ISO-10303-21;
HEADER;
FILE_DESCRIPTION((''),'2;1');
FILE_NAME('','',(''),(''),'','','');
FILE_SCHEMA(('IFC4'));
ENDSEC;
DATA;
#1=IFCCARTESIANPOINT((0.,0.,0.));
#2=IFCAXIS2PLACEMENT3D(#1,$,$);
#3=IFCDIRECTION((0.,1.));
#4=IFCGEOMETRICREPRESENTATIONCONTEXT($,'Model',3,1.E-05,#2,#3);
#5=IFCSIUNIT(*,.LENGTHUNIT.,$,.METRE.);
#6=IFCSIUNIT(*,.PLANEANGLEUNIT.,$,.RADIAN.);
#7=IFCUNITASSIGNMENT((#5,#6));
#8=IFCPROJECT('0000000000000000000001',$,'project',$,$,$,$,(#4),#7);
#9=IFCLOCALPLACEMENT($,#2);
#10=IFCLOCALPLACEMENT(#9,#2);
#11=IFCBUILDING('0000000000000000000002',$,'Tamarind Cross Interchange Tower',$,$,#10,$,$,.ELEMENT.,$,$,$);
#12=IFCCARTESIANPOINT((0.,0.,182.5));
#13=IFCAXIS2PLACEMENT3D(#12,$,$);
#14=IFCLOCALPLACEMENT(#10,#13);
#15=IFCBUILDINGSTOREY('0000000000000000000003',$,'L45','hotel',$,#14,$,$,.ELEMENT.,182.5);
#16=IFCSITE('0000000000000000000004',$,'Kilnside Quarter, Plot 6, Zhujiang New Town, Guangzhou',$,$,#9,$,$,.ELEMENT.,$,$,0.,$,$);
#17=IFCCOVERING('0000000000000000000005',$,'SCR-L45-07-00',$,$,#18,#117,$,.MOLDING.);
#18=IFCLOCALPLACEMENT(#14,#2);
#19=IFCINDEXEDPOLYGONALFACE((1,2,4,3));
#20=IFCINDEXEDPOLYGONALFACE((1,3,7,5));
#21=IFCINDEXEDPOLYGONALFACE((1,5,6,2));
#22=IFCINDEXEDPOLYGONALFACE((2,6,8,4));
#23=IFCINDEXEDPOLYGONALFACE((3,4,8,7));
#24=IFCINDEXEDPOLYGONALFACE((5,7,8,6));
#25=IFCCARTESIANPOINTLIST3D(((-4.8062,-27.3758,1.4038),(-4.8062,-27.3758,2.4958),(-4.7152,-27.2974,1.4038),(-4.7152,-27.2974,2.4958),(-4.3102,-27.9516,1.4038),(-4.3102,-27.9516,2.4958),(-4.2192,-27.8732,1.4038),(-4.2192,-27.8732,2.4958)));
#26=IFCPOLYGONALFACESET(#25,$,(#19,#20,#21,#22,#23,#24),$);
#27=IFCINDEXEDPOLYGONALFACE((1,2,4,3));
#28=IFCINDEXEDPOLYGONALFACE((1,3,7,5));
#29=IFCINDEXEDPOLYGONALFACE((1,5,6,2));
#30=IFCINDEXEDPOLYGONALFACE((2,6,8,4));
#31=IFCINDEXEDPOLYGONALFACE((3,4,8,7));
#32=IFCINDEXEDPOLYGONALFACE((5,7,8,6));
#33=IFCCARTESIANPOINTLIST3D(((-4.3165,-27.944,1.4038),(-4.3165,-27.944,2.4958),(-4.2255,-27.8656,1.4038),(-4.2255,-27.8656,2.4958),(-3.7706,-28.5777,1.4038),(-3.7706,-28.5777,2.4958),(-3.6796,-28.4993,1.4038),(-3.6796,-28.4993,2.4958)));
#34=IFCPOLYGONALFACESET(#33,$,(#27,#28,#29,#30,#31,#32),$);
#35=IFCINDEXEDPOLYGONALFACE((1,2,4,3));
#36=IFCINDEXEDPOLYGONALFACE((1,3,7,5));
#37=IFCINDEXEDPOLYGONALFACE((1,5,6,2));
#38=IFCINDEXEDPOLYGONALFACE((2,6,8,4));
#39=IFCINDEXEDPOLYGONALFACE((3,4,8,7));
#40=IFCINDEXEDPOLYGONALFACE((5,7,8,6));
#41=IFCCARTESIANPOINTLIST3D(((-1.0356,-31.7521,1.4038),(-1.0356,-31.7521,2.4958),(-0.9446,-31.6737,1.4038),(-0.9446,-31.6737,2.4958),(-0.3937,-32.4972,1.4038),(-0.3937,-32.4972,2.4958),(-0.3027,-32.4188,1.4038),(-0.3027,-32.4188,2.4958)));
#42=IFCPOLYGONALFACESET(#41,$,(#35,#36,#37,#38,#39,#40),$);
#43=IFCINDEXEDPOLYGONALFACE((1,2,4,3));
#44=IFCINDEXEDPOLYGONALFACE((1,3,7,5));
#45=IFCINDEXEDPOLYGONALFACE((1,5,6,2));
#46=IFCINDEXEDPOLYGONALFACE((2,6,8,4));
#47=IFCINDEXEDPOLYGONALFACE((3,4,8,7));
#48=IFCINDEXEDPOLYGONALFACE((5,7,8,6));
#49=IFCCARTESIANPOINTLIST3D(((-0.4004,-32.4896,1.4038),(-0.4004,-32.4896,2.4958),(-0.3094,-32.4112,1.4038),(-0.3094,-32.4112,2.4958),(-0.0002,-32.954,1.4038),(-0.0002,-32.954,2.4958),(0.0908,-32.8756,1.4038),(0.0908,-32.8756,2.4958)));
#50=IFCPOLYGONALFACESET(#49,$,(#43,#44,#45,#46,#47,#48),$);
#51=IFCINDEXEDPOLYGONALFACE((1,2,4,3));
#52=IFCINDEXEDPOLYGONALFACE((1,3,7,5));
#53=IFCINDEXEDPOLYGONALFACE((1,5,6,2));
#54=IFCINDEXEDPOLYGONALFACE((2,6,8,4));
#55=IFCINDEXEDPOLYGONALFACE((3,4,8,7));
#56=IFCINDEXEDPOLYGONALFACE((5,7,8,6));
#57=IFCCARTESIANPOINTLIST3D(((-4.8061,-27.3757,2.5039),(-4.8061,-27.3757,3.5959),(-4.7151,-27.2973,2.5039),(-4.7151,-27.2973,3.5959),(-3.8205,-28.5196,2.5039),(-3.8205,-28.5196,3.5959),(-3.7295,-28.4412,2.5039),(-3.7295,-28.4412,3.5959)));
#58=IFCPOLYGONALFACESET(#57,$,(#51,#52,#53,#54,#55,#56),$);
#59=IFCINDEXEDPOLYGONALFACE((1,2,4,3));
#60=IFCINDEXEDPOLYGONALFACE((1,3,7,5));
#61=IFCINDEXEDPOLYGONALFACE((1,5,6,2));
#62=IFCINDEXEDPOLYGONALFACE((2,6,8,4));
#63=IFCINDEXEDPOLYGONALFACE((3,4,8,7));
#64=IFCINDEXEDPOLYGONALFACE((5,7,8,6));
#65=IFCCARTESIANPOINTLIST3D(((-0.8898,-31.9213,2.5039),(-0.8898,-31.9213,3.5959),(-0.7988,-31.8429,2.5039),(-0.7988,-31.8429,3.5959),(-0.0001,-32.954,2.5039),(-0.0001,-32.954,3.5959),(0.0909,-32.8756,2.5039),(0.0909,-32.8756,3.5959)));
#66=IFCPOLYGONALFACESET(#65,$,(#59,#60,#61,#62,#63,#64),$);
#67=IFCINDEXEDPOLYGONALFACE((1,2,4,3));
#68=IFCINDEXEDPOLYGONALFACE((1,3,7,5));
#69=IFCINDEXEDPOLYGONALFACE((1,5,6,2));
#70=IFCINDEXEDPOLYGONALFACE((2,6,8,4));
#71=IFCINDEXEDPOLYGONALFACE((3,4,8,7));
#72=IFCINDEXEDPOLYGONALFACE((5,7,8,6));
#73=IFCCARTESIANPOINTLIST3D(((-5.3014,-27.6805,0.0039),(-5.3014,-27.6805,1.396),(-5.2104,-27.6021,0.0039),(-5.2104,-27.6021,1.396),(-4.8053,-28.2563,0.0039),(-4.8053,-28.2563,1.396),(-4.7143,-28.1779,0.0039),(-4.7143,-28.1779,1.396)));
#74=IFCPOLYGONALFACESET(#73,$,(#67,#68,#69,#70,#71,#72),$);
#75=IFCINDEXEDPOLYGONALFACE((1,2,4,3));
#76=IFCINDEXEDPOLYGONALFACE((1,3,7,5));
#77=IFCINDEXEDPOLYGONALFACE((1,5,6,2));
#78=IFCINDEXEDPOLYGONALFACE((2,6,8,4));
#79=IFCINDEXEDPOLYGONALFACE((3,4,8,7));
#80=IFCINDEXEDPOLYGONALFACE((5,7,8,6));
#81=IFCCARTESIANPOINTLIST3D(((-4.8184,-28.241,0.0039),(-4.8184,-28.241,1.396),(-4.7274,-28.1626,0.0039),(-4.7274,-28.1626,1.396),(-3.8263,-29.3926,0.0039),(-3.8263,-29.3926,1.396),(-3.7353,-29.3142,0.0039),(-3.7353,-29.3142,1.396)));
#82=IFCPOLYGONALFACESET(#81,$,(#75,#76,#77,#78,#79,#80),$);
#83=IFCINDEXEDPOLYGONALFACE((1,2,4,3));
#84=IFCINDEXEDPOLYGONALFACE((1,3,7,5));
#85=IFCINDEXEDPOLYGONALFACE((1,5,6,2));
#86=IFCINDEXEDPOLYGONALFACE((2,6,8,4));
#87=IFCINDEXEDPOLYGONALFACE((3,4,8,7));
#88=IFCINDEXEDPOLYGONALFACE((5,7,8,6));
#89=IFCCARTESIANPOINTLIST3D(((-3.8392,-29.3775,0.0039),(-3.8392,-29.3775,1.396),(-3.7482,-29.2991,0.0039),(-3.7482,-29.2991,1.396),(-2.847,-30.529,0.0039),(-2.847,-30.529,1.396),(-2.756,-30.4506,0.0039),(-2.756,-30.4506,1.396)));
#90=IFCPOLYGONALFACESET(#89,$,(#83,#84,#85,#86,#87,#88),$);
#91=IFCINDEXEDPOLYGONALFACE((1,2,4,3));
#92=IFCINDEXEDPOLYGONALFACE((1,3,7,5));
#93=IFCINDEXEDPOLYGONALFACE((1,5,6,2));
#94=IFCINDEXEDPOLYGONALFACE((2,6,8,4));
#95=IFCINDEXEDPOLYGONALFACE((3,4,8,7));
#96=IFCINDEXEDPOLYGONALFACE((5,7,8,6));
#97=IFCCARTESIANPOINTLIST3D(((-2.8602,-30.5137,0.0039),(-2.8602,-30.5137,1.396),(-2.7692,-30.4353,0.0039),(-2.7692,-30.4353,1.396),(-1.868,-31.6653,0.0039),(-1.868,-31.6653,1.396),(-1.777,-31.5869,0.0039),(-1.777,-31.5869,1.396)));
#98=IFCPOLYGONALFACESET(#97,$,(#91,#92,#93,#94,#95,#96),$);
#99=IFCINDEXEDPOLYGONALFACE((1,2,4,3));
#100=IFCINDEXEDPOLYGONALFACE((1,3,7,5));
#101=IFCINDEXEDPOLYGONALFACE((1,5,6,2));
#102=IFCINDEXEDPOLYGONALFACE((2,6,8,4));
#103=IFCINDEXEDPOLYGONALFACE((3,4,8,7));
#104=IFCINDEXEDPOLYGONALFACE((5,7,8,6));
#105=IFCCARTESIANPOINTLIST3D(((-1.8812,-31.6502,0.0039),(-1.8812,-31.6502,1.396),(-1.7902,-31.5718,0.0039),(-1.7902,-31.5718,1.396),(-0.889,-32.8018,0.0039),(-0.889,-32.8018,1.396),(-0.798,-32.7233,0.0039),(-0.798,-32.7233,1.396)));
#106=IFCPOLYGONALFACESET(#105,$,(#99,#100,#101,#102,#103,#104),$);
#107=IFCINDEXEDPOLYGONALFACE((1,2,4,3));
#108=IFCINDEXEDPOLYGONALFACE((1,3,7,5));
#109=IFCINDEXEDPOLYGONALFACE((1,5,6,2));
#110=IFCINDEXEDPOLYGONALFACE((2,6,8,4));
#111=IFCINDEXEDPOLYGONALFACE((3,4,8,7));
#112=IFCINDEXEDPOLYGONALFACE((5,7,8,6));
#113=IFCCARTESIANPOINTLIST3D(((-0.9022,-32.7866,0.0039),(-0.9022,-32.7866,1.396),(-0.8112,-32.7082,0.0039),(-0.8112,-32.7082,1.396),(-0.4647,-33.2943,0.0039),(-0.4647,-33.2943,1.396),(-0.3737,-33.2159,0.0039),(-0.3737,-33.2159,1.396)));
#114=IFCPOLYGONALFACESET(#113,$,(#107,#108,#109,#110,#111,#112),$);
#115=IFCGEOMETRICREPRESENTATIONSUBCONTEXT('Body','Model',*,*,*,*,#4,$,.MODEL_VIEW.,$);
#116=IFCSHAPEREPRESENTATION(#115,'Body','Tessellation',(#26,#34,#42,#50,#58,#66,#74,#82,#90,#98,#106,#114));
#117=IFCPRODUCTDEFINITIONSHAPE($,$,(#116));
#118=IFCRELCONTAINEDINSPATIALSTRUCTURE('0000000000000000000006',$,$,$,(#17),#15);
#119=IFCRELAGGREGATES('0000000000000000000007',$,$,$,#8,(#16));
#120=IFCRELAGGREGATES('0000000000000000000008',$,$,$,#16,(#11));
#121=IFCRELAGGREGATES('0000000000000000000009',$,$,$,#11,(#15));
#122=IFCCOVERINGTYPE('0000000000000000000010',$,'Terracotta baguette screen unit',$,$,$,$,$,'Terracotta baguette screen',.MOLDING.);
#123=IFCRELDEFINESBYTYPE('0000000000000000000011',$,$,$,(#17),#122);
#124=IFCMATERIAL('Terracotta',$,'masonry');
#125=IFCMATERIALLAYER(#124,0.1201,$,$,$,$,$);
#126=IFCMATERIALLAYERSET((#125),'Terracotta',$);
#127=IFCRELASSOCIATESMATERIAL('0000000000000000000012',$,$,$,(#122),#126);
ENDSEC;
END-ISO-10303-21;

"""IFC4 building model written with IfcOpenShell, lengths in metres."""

from ifc_helpers import new_model, si_unit, direction, frame, origin, origin_2d, place, context, subcontext, project, spatial, rectangle, extrude, material, layer, layer_set, type_object, element, save


model = new_model("IFC4")

# Units and contexts
model_context = context("Model", 3, precision=1e-05, world=origin(), true_north=direction((0.0, 1.0)))
body_context = subcontext(model_context, "Body", "Model", "MODEL_VIEW")
ifc_project = project(units=[si_unit("LENGTHUNIT", "METRE"), si_unit("PLANEANGLEUNIT", "RADIAN")], contexts=[model_context])

# Site, building, storey
site_placement = place(None, origin())
site = spatial("IfcSite", under=ifc_project, at=site_placement, Name="Kilnside Quarter, Plot 6, Zhujiang New Town, Guangzhou", CompositionType="ELEMENT", RefElevation=0.0)
building_placement = place(site_placement, origin())
building = spatial("IfcBuilding", under=site, at=building_placement, Name="Tamarind Cross Interchange Tower", CompositionType="ELEMENT")
storey_placement = place(building_placement, frame((0.0, 0.0, 182.5)))
storey = spatial("IfcBuildingStorey", under=building, at=storey_placement, Name="L45", Description="hotel", CompositionType="ELEMENT", Elevation=182.5)

# Covering
ifc_material_1 = material(Name="Terracotta", Category="masonry")
ifc_layer_1 = layer(ifc_material_1, 0.1201)
ifc_layer_set_1 = layer_set([ifc_layer_1], Name="Terracotta")
covering_type = type_object("IfcCoveringType", Name="Terracotta baguette screen unit", ElementType="Terracotta baguette screen", PredefinedType="MOLDING", material=ifc_layer_set_1)
covering_1_placement = place(storey_placement, origin())
element("IfcCovering", 1, at=covering_1_placement, inside=storey, type_object=covering_type, Name="SCR-L45-07-00", PredefinedType="MOLDING", context=body_context, shape_type="SweptSolid", body=[
    extrude(rectangle(XDim=0.76, YDim=0.1201, at=origin_2d()), frame((-4.5127, -27.6245, 1.4038), z_axis=(0.0, 0.0, 1.0), x_axis=(0.652723, -0.757597, 0.0)), (0.0, 0.0, 1.0), 1.092),
    extrude(rectangle(XDim=0.8364, YDim=0.1201, at=origin_2d()), frame((-3.998, -28.2217, 1.4038), z_axis=(0.0, 0.0, 1.0), x_axis=(0.652723, -0.757597, 0.0)), (0.0, 0.0, 1.0), 1.092),
    extrude(rectangle(XDim=0.9834, YDim=0.1201, at=origin_2d()), frame((-0.6692, -32.0854, 1.4038), z_axis=(0.0, 0.0, 1.0), x_axis=(0.652723, -0.757597, 0.0)), (0.0, 0.0, 1.0), 1.092),
    extrude(rectangle(XDim=0.613, YDim=0.1201, at=origin_2d()), frame((-0.1548, -32.6826, 1.4038), z_axis=(0.0, 0.0, 1.0), x_axis=(0.652723, -0.757597, 0.0)), (0.0, 0.0, 1.0), 1.092),
    extrude(rectangle(XDim=1.51, YDim=0.1201, at=origin_2d()), frame((-4.2678, -27.9084, 2.5039), z_axis=(0.0, 0.0, 1.0), x_axis=(0.652723, -0.757597, 0.0)), (0.0, 0.0, 1.0), 1.092),
    extrude(rectangle(XDim=1.363, YDim=0.1201, at=origin_2d()), frame((-0.3994, -32.3984, 2.5039), z_axis=(0.0, 0.0, 1.0), x_axis=(0.652723, -0.757597, 0.0)), (0.0, 0.0, 1.0), 1.092),
    extrude(rectangle(XDim=0.76, YDim=0.1201, at=origin_2d()), frame((-5.0078, -27.9292, 0.0039), z_axis=(0.0, 0.0, 1.0), x_axis=(0.652723, -0.757597, 0.0)), (0.0, 0.0, 1.0), 1.3921),
    extrude(rectangle(XDim=1.52, YDim=0.1201, at=origin_2d()), frame((-4.2769, -28.7776, 0.0039), z_axis=(0.0, 0.0, 1.0), x_axis=(0.652723, -0.757597, 0.0)), (0.0, 0.0, 1.0), 1.3921),
    extrude(rectangle(XDim=1.52, YDim=0.1201, at=origin_2d()), frame((-3.2976, -29.9141, 0.0039), z_axis=(0.0, 0.0, 1.0), x_axis=(0.652723, -0.757597, 0.0)), (0.0, 0.0, 1.0), 1.3921),
    extrude(rectangle(XDim=1.52, YDim=0.1201, at=origin_2d()), frame((-2.3186, -31.0503, 0.0039), z_axis=(0.0, 0.0, 1.0), x_axis=(0.652723, -0.757597, 0.0)), (0.0, 0.0, 1.0), 1.3921),
    extrude(rectangle(XDim=1.52, YDim=0.1201, at=origin_2d()), frame((-1.3396, -32.1868, 0.0039), z_axis=(0.0, 0.0, 1.0), x_axis=(0.652723, -0.757597, 0.0)), (0.0, 0.0, 1.0), 1.3921),
    extrude(rectangle(XDim=0.6702, YDim=0.1201, at=origin_2d()), frame((-0.6379, -33.0012, 0.0039), z_axis=(0.0, 0.0, 1.0), x_axis=(0.652723, -0.757597, 0.0)), (0.0, 0.0, 1.0), 1.3921),
])

save(model, "model.ifc")
